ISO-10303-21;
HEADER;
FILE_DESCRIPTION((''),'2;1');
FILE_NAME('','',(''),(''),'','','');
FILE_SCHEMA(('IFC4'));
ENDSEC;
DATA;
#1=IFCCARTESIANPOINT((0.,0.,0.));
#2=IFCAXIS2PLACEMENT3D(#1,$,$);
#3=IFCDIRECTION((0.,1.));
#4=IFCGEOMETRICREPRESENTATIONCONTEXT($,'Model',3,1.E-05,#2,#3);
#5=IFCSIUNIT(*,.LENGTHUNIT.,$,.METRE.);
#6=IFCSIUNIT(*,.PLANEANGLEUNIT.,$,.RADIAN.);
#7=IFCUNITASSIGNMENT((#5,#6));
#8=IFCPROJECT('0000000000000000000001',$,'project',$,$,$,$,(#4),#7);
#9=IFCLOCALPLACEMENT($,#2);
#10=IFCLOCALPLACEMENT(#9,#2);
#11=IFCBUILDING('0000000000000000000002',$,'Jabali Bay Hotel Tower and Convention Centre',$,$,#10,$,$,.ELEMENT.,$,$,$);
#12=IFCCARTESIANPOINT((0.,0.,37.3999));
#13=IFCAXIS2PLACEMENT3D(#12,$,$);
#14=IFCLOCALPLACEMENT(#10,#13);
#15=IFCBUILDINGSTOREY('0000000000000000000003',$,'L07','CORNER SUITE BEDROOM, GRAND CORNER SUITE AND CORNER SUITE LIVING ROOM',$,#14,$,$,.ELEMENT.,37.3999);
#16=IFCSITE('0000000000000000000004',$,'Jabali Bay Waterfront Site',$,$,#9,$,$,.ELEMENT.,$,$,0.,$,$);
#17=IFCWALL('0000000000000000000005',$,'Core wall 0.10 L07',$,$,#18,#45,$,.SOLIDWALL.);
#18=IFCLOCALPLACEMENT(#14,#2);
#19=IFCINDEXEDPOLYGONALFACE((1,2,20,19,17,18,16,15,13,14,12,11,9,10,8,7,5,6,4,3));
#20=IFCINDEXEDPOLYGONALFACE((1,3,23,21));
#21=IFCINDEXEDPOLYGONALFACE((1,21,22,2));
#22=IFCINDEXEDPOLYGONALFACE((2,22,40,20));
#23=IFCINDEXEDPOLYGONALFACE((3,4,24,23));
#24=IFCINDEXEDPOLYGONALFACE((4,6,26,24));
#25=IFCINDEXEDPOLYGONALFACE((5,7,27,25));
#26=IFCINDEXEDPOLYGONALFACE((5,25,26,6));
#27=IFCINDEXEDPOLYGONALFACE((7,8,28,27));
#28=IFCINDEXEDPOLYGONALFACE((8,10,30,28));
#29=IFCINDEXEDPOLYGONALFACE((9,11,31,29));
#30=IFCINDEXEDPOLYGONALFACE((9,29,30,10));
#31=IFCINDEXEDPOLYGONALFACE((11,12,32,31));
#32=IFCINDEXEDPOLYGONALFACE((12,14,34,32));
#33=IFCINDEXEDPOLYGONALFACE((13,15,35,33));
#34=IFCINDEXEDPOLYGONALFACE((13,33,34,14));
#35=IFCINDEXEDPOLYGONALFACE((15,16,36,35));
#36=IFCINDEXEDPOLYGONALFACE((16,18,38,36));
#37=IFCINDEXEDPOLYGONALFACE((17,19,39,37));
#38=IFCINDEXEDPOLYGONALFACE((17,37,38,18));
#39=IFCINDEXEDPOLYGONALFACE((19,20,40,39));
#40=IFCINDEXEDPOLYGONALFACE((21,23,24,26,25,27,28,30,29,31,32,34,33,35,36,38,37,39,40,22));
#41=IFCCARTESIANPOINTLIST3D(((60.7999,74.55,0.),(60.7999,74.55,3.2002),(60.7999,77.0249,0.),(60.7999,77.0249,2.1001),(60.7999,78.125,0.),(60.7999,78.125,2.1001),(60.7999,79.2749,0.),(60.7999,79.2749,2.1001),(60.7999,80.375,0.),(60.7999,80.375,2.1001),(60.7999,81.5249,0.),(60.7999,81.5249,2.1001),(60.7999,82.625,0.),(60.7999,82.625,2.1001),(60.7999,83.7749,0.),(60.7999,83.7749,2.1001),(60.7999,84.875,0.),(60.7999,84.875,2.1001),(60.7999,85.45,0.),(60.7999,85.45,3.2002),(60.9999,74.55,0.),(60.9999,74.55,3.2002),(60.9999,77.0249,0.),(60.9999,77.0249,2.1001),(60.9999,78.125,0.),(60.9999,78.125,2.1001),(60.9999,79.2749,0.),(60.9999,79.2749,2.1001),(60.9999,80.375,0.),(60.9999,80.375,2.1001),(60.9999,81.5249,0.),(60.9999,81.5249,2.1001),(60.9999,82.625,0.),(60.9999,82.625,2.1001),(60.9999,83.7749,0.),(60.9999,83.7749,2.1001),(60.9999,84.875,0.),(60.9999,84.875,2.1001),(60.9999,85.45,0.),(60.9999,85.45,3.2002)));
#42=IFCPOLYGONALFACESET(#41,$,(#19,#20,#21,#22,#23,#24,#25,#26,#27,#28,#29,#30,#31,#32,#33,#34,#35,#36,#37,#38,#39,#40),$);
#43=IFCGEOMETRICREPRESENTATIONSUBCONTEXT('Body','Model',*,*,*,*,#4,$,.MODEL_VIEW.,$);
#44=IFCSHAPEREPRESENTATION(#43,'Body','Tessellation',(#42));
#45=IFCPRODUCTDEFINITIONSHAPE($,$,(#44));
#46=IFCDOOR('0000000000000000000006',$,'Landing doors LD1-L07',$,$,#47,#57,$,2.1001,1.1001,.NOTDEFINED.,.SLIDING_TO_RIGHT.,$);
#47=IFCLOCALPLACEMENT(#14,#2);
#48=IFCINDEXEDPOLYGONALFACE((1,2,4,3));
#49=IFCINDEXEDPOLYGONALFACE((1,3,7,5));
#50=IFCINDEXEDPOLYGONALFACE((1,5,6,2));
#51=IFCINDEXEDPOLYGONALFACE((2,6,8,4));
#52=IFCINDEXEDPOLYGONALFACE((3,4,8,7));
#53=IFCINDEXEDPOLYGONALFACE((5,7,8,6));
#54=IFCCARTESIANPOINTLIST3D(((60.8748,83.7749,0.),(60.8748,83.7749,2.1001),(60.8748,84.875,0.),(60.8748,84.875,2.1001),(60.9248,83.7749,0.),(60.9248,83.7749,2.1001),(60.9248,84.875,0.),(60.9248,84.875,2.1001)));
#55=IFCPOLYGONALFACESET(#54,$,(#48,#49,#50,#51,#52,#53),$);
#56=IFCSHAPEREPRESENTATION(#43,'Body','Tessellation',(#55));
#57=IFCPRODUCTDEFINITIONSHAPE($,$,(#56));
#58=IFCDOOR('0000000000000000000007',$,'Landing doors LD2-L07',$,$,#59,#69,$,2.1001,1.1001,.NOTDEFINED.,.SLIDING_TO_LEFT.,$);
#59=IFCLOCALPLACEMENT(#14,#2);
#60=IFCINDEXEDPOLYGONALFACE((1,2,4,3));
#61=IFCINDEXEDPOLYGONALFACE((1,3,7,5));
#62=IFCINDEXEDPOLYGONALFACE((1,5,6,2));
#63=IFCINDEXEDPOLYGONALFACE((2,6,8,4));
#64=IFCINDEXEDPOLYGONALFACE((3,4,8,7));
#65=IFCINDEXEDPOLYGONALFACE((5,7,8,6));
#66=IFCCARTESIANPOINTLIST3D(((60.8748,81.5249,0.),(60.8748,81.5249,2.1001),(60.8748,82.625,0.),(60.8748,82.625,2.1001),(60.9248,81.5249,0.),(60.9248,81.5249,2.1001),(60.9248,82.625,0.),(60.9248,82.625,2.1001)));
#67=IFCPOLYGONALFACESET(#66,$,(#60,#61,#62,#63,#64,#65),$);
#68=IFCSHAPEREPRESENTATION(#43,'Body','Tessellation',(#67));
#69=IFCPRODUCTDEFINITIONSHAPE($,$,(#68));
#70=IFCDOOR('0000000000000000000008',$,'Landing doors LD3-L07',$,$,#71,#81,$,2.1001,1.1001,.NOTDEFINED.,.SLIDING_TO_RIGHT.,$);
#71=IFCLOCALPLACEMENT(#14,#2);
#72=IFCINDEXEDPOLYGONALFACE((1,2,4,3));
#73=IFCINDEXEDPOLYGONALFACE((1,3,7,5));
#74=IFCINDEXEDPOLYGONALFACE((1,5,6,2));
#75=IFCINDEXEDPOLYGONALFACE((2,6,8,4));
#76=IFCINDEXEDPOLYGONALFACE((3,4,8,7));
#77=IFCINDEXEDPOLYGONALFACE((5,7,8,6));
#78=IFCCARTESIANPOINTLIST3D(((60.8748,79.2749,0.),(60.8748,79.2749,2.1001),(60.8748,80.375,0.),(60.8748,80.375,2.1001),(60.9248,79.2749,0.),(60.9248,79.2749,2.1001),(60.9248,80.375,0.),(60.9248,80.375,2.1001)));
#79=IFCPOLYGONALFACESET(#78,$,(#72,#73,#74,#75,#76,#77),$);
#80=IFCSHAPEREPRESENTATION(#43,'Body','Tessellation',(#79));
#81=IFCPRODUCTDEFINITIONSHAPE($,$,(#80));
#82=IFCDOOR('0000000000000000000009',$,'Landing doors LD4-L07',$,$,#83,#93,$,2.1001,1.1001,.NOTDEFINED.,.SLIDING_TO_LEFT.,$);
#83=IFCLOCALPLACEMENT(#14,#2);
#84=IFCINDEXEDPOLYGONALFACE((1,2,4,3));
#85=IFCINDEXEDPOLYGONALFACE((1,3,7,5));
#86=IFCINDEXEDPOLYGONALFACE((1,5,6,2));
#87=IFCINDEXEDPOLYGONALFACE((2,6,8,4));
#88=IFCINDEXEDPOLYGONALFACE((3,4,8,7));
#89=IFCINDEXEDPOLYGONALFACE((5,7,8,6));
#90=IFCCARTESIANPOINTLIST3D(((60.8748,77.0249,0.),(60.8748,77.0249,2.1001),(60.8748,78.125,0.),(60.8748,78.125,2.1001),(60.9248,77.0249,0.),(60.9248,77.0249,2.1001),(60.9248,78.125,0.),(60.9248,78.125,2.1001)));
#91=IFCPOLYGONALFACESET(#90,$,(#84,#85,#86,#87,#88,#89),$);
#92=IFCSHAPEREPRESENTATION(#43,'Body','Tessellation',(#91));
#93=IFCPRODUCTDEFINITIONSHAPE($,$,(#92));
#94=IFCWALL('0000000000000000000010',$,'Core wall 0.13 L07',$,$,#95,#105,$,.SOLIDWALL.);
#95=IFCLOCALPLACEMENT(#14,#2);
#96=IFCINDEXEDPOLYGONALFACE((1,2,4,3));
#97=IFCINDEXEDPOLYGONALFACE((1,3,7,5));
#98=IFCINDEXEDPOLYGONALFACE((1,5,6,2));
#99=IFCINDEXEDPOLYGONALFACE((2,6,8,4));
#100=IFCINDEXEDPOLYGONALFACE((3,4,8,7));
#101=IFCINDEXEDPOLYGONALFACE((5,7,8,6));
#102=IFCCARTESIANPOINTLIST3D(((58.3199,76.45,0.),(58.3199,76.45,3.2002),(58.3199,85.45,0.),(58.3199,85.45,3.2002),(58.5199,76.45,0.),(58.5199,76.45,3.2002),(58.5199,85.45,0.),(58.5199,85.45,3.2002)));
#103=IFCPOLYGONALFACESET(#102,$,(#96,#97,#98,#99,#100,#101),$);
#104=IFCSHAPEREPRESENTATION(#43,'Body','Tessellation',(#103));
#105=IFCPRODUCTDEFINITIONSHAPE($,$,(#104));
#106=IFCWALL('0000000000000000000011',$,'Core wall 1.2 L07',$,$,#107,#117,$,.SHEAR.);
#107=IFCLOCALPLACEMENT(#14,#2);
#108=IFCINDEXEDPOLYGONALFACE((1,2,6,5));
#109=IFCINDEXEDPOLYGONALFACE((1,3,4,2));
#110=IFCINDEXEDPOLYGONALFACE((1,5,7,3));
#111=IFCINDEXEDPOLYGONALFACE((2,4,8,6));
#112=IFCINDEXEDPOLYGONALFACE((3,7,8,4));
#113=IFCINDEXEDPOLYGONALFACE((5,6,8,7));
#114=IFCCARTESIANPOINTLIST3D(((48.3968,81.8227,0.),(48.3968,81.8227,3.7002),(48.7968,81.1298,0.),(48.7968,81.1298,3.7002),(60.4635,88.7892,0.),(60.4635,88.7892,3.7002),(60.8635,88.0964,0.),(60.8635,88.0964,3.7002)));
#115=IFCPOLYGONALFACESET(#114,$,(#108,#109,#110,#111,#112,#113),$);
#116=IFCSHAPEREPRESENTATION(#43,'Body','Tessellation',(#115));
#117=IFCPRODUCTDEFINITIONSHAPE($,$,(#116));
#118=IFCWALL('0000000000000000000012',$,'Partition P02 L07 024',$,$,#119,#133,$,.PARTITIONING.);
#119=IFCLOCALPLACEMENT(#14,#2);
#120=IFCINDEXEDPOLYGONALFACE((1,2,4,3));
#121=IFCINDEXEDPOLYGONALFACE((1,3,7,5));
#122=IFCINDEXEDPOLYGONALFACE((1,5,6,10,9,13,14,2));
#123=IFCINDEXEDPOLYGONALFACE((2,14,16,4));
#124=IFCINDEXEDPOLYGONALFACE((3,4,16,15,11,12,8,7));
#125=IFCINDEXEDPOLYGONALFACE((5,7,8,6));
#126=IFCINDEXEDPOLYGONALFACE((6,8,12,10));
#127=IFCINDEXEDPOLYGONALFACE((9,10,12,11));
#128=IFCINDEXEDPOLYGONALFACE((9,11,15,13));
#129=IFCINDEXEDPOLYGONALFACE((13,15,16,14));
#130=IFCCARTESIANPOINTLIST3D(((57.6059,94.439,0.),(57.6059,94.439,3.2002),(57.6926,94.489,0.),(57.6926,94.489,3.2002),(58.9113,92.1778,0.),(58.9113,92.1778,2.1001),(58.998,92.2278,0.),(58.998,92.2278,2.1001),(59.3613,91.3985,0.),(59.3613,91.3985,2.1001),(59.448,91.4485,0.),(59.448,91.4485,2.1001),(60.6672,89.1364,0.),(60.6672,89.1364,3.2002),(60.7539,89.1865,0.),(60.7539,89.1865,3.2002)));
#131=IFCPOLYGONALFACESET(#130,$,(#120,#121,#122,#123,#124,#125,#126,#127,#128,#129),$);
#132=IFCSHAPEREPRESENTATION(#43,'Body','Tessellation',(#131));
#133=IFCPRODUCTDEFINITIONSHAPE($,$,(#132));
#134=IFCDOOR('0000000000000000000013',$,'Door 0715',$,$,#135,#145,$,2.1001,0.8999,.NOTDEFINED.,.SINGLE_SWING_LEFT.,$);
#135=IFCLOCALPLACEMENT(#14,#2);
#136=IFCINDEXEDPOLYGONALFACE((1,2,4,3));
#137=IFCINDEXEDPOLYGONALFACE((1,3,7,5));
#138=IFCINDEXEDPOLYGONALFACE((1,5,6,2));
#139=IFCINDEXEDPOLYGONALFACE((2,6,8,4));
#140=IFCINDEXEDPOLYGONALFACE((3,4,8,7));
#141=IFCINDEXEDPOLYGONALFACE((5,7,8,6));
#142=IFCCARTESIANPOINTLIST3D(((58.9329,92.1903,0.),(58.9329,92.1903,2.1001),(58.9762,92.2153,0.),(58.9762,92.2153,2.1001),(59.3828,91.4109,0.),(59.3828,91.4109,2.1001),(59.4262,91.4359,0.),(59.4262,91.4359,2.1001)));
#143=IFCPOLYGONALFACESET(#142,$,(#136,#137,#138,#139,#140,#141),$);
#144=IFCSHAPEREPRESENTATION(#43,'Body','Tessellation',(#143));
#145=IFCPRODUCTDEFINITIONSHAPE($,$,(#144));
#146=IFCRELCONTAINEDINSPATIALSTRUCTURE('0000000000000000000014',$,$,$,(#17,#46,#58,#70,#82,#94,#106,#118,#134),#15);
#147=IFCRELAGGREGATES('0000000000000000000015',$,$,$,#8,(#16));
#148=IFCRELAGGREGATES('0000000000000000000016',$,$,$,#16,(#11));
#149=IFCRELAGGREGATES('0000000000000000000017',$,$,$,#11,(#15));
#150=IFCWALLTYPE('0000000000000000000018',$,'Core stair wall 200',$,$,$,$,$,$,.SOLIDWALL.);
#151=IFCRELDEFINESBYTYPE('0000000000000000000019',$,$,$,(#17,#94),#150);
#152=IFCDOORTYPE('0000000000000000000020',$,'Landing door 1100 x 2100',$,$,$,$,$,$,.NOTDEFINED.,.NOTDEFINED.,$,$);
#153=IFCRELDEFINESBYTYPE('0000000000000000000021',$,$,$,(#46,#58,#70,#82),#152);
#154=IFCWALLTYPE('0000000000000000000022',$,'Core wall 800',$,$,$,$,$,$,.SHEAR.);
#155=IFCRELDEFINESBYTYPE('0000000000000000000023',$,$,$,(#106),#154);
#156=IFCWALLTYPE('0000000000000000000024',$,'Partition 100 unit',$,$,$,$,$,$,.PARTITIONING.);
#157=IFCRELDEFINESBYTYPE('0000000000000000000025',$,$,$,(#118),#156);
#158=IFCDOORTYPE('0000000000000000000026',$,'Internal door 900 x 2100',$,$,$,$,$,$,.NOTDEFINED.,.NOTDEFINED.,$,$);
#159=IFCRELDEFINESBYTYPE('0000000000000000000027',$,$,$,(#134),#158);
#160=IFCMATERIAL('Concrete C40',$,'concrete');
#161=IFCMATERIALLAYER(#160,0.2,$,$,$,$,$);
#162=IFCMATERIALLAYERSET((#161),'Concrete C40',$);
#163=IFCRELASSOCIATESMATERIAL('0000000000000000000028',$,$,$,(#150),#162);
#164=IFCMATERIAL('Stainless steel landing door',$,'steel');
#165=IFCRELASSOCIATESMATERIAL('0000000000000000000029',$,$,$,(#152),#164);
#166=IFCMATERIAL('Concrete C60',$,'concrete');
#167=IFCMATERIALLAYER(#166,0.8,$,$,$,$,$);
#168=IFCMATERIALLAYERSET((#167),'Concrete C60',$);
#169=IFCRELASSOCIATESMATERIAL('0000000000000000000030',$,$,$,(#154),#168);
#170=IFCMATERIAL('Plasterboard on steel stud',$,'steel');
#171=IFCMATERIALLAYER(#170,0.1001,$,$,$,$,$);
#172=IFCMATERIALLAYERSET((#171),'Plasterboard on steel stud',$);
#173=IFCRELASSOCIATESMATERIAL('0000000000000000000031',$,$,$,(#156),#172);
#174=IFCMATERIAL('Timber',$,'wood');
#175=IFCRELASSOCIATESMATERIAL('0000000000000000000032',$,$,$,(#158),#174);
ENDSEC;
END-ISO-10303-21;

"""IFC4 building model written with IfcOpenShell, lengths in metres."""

from ifc_helpers import new_model, si_unit, direction, frame, frame_2d, origin, place, context, subcontext, project, spatial, rectangle, extrude, material, layer, layer_set, type_object, element, fill, save


model = new_model("IFC4")

# Units and contexts
model_context = context("Model", 3, precision=1e-05, world=origin(), true_north=direction((0.0, 1.0)))
body_context = subcontext(model_context, "Body", "Model", "MODEL_VIEW")
ifc_project = project(units=[si_unit("LENGTHUNIT", "METRE"), si_unit("PLANEANGLEUNIT", "RADIAN")], contexts=[model_context])

# Site, building, storey
site_placement = place(None, origin())
site = spatial("IfcSite", under=ifc_project, at=site_placement, Name="Jabali Bay Waterfront Site", CompositionType="ELEMENT", RefElevation=0.0)
building_placement = place(site_placement, origin())
building = spatial("IfcBuilding", under=site, at=building_placement, Name="Jabali Bay Hotel Tower and Convention Centre", CompositionType="ELEMENT")
storey_placement = place(building_placement, frame((0.0, 0.0, 37.3999)))
storey = spatial("IfcBuildingStorey", under=building, at=storey_placement, Name="L07", Description="CORNER SUITE BEDROOM, GRAND CORNER SUITE AND CORNER SUITE LIVING ROOM", CompositionType="ELEMENT", Elevation=37.3999)

# Shared definitions
ifc_material_1 = material(Name="Concrete C40", Category="concrete")

# Shared definitions
ifc_layer_1 = layer(ifc_material_1, 0.2)
ifc_layer_set_1 = layer_set([ifc_layer_1], Name="Concrete C40")
wall_type_1 = type_object("IfcWallType", Name="Core stair wall 200", PredefinedType="SOLIDWALL", material=ifc_layer_set_1)

# Wall, openings, doors
wall_1_placement = place(storey_placement, frame((60.8999, 85.45, 0.0), z_axis=(0.0, 0.0, 1.0), x_axis=(0.0, -1.0, 0.0)))
wall_1 = element("IfcWall", 1, at=wall_1_placement, inside=storey, type_object=wall_type_1, Name="Core wall 0.10 L07", PredefinedType="SOLIDWALL", context=body_context, shape_type="SweptSolid", body=[
    extrude(rectangle(XDim=10.8999, YDim=0.2, at=frame_2d((5.45, 0.0))), origin(), (0.0, 0.0, 1.0), 3.2002),
])
opening_1_placement = place(wall_1_placement, frame((0.575, 0.0, 0.0)))
opening_1 = element("IfcOpeningElement", 2, at=opening_1_placement, cuts=wall_1, PredefinedType="OPENING", context=body_context, shape_type="SweptSolid", body=[
    extrude(rectangle(XDim=1.1001, YDim=2.1001, at=frame_2d((0.55, 1.05))), frame((0.0, 0.1104, 0.0), z_axis=(0.0, -1.0, 0.0), x_axis=(1.0, 0.0, 0.0)), (0.0, 0.0, 1.0), 0.2209),
])
opening_2_placement = place(wall_1_placement, frame((2.825, 0.0, 0.0)))
opening_2 = element("IfcOpeningElement", 3, at=opening_2_placement, cuts=wall_1, PredefinedType="OPENING", context=body_context, shape_type="SweptSolid", body=[
    extrude(rectangle(XDim=1.1001, YDim=2.1001, at=frame_2d((0.55, 1.05))), frame((0.0, 0.1104, 0.0), z_axis=(0.0, -1.0, 0.0), x_axis=(1.0, 0.0, 0.0)), (0.0, 0.0, 1.0), 0.2209),
])
opening_3_placement = place(wall_1_placement, frame((5.075, 0.0, 0.0)))
opening_3 = element("IfcOpeningElement", 4, at=opening_3_placement, cuts=wall_1, PredefinedType="OPENING", context=body_context, shape_type="SweptSolid", body=[
    extrude(rectangle(XDim=1.1001, YDim=2.1001, at=frame_2d((0.55, 1.05))), frame((0.0, 0.1104, 0.0), z_axis=(0.0, -1.0, 0.0), x_axis=(1.0, 0.0, 0.0)), (0.0, 0.0, 1.0), 0.2209),
])
opening_4_placement = place(wall_1_placement, frame((7.325, 0.0, 0.0)))
opening_4 = element("IfcOpeningElement", 5, at=opening_4_placement, cuts=wall_1, PredefinedType="OPENING", context=body_context, shape_type="SweptSolid", body=[
    extrude(rectangle(XDim=1.1001, YDim=2.1001, at=frame_2d((0.55, 1.05))), frame((0.0, 0.1104, 0.0), z_axis=(0.0, -1.0, 0.0), x_axis=(1.0, 0.0, 0.0)), (0.0, 0.0, 1.0), 0.2209),
])
ifc_material_2 = material(Name="Stainless steel landing door", Category="steel")
door_type_1 = type_object("IfcDoorType", Name="Landing door 1100 x 2100", OperationType="NOTDEFINED", PredefinedType="NOTDEFINED", material=ifc_material_2)
door_1_placement = place(opening_1_placement, origin())
door_1 = element("IfcDoor", 6, at=door_1_placement, inside=storey, type_object=door_type_1, Name="Landing doors LD1-L07", OperationType="SLIDING_TO_RIGHT", OverallHeight=2.1001, OverallWidth=1.1001, PredefinedType="NOTDEFINED", context=body_context, shape_type="SweptSolid", body=[
    extrude(rectangle(XDim=1.1001, YDim=2.1001, at=frame_2d((0.55, 1.05))), frame((0.0, 0.0249, 0.0), z_axis=(0.0, -1.0, 0.0), x_axis=(1.0, 0.0, 0.0)), (0.0, 0.0, 1.0), 0.05),
])
fill(opening_1, door_1)
door_2_placement = place(opening_2_placement, origin())
door_2 = element("IfcDoor", 7, at=door_2_placement, inside=storey, type_object=door_type_1, Name="Landing doors LD2-L07", OperationType="SLIDING_TO_LEFT", OverallHeight=2.1001, OverallWidth=1.1001, PredefinedType="NOTDEFINED", context=body_context, shape_type="SweptSolid", body=[
    extrude(rectangle(XDim=1.1001, YDim=2.1001, at=frame_2d((0.55, 1.05))), frame((0.0, 0.0249, 0.0), z_axis=(0.0, -1.0, 0.0), x_axis=(1.0, 0.0, 0.0)), (0.0, 0.0, 1.0), 0.05),
])
fill(opening_2, door_2)
door_3_placement = place(opening_3_placement, origin())
door_3 = element("IfcDoor", 8, at=door_3_placement, inside=storey, type_object=door_type_1, Name="Landing doors LD3-L07", OperationType="SLIDING_TO_RIGHT", OverallHeight=2.1001, OverallWidth=1.1001, PredefinedType="NOTDEFINED", context=body_context, shape_type="SweptSolid", body=[
    extrude(rectangle(XDim=1.1001, YDim=2.1001, at=frame_2d((0.55, 1.05))), frame((0.0, 0.0249, 0.0), z_axis=(0.0, -1.0, 0.0), x_axis=(1.0, 0.0, 0.0)), (0.0, 0.0, 1.0), 0.05),
])
fill(opening_3, door_3)
door_4_placement = place(opening_4_placement, origin())
door_4 = element("IfcDoor", 9, at=door_4_placement, inside=storey, type_object=door_type_1, Name="Landing doors LD4-L07", OperationType="SLIDING_TO_LEFT", OverallHeight=2.1001, OverallWidth=1.1001, PredefinedType="NOTDEFINED", context=body_context, shape_type="SweptSolid", body=[
    extrude(rectangle(XDim=1.1001, YDim=2.1001, at=frame_2d((0.55, 1.05))), frame((0.0, 0.0249, 0.0), z_axis=(0.0, -1.0, 0.0), x_axis=(1.0, 0.0, 0.0)), (0.0, 0.0, 1.0), 0.05),
])
fill(opening_4, door_4)

# Walls
wall_2_placement = place(storey_placement, frame((58.4199, 85.45, 0.0), z_axis=(0.0, 0.0, 1.0), x_axis=(0.0, -1.0, 0.0)))
element("IfcWall", 10, at=wall_2_placement, inside=storey, type_object=wall_type_1, Name="Core wall 0.13 L07", PredefinedType="SOLIDWALL", context=body_context, shape_type="SweptSolid", body=[
    extrude(rectangle(XDim=9.0, YDim=0.2, at=frame_2d((4.5, 0.0))), origin(), (0.0, 0.0, 1.0), 3.2002),
])
ifc_material_3 = material(Name="Concrete C60", Category="concrete")
ifc_layer_2 = layer(ifc_material_3, 0.8)
ifc_layer_set_2 = layer_set([ifc_layer_2], Name="Concrete C60")
wall_type_2 = type_object("IfcWallType", Name="Core wall 800", PredefinedType="SHEAR", material=ifc_layer_set_2)
wall_3_placement = place(storey_placement, frame((60.6636, 88.4429, 0.0), z_axis=(0.0, 0.0, 1.0), x_axis=(-0.866029, -0.499993, 0.0)))
element("IfcWall", 11, at=wall_3_placement, inside=storey, type_object=wall_type_2, Name="Core wall 1.2 L07", PredefinedType="SHEAR", context=body_context, shape_type="SweptSolid", body=[
    extrude(rectangle(XDim=13.9333, YDim=0.8, at=frame_2d((6.9668, 0.0))), origin(), (0.0, 0.0, 1.0), 3.7002),
])

# Wall, opening, door
ifc_material_4 = material(Name="Plasterboard on steel stud", Category="steel")
ifc_layer_3 = layer(ifc_material_4, 0.1001)
ifc_layer_set_3 = layer_set([ifc_layer_3], Name="Plasterboard on steel stud")
wall_type_3 = type_object("IfcWallType", Name="Partition 100 unit", PredefinedType="PARTITIONING", material=ifc_layer_set_3)
wall_4_placement = place(storey_placement, frame((57.6492, 94.4641, 0.0), z_axis=(0.0, 0.0, 1.0), x_axis=(0.499986, -0.866034, 0.0)))
wall_4 = element("IfcWall", 12, at=wall_4_placement, inside=storey, type_object=wall_type_3, Name="Partition P02 L07 024", PredefinedType="PARTITIONING", context=body_context, shape_type="SweptSolid", body=[
    extrude(rectangle(XDim=6.1228, YDim=0.1001, at=frame_2d((3.0615, 0.0))), origin(), (0.0, 0.0, 1.0), 3.2002),
])
opening_5_placement = place(wall_4_placement, frame((2.6111, 0.0, 0.0)))
opening_5 = element("IfcOpeningElement", 13, at=opening_5_placement, cuts=wall_4, PredefinedType="OPENING", context=body_context, shape_type="SweptSolid", body=[
    extrude(rectangle(XDim=0.8999, YDim=2.1001, at=frame_2d((0.45, 1.05))), frame((0.0, 0.0605, 0.0), z_axis=(0.0, -1.0, 0.0), x_axis=(1.0, 0.0, 0.0)), (0.0, 0.0, 1.0), 0.1211),
])
ifc_material_5 = material(Name="Timber", Category="wood")
door_type_2 = type_object("IfcDoorType", Name="Internal door 900 x 2100", OperationType="NOTDEFINED", PredefinedType="NOTDEFINED", material=ifc_material_5)
door_5_placement = place(opening_5_placement, origin())
door_5 = element("IfcDoor", 14, at=door_5_placement, inside=storey, type_object=door_type_2, Name="Door 0715", OperationType="SINGLE_SWING_LEFT", OverallHeight=2.1001, OverallWidth=0.8999, PredefinedType="NOTDEFINED", context=body_context, shape_type="SweptSolid", body=[
    extrude(rectangle(XDim=0.8999, YDim=2.1001, at=frame_2d((0.45, 1.05))), frame((0.0, 0.0249, 0.0), z_axis=(0.0, -1.0, 0.0), x_axis=(1.0, 0.0, 0.0)), (0.0, 0.0, 1.0), 0.05),
])
fill(opening_5, door_5)

save(model, "model.ifc")
